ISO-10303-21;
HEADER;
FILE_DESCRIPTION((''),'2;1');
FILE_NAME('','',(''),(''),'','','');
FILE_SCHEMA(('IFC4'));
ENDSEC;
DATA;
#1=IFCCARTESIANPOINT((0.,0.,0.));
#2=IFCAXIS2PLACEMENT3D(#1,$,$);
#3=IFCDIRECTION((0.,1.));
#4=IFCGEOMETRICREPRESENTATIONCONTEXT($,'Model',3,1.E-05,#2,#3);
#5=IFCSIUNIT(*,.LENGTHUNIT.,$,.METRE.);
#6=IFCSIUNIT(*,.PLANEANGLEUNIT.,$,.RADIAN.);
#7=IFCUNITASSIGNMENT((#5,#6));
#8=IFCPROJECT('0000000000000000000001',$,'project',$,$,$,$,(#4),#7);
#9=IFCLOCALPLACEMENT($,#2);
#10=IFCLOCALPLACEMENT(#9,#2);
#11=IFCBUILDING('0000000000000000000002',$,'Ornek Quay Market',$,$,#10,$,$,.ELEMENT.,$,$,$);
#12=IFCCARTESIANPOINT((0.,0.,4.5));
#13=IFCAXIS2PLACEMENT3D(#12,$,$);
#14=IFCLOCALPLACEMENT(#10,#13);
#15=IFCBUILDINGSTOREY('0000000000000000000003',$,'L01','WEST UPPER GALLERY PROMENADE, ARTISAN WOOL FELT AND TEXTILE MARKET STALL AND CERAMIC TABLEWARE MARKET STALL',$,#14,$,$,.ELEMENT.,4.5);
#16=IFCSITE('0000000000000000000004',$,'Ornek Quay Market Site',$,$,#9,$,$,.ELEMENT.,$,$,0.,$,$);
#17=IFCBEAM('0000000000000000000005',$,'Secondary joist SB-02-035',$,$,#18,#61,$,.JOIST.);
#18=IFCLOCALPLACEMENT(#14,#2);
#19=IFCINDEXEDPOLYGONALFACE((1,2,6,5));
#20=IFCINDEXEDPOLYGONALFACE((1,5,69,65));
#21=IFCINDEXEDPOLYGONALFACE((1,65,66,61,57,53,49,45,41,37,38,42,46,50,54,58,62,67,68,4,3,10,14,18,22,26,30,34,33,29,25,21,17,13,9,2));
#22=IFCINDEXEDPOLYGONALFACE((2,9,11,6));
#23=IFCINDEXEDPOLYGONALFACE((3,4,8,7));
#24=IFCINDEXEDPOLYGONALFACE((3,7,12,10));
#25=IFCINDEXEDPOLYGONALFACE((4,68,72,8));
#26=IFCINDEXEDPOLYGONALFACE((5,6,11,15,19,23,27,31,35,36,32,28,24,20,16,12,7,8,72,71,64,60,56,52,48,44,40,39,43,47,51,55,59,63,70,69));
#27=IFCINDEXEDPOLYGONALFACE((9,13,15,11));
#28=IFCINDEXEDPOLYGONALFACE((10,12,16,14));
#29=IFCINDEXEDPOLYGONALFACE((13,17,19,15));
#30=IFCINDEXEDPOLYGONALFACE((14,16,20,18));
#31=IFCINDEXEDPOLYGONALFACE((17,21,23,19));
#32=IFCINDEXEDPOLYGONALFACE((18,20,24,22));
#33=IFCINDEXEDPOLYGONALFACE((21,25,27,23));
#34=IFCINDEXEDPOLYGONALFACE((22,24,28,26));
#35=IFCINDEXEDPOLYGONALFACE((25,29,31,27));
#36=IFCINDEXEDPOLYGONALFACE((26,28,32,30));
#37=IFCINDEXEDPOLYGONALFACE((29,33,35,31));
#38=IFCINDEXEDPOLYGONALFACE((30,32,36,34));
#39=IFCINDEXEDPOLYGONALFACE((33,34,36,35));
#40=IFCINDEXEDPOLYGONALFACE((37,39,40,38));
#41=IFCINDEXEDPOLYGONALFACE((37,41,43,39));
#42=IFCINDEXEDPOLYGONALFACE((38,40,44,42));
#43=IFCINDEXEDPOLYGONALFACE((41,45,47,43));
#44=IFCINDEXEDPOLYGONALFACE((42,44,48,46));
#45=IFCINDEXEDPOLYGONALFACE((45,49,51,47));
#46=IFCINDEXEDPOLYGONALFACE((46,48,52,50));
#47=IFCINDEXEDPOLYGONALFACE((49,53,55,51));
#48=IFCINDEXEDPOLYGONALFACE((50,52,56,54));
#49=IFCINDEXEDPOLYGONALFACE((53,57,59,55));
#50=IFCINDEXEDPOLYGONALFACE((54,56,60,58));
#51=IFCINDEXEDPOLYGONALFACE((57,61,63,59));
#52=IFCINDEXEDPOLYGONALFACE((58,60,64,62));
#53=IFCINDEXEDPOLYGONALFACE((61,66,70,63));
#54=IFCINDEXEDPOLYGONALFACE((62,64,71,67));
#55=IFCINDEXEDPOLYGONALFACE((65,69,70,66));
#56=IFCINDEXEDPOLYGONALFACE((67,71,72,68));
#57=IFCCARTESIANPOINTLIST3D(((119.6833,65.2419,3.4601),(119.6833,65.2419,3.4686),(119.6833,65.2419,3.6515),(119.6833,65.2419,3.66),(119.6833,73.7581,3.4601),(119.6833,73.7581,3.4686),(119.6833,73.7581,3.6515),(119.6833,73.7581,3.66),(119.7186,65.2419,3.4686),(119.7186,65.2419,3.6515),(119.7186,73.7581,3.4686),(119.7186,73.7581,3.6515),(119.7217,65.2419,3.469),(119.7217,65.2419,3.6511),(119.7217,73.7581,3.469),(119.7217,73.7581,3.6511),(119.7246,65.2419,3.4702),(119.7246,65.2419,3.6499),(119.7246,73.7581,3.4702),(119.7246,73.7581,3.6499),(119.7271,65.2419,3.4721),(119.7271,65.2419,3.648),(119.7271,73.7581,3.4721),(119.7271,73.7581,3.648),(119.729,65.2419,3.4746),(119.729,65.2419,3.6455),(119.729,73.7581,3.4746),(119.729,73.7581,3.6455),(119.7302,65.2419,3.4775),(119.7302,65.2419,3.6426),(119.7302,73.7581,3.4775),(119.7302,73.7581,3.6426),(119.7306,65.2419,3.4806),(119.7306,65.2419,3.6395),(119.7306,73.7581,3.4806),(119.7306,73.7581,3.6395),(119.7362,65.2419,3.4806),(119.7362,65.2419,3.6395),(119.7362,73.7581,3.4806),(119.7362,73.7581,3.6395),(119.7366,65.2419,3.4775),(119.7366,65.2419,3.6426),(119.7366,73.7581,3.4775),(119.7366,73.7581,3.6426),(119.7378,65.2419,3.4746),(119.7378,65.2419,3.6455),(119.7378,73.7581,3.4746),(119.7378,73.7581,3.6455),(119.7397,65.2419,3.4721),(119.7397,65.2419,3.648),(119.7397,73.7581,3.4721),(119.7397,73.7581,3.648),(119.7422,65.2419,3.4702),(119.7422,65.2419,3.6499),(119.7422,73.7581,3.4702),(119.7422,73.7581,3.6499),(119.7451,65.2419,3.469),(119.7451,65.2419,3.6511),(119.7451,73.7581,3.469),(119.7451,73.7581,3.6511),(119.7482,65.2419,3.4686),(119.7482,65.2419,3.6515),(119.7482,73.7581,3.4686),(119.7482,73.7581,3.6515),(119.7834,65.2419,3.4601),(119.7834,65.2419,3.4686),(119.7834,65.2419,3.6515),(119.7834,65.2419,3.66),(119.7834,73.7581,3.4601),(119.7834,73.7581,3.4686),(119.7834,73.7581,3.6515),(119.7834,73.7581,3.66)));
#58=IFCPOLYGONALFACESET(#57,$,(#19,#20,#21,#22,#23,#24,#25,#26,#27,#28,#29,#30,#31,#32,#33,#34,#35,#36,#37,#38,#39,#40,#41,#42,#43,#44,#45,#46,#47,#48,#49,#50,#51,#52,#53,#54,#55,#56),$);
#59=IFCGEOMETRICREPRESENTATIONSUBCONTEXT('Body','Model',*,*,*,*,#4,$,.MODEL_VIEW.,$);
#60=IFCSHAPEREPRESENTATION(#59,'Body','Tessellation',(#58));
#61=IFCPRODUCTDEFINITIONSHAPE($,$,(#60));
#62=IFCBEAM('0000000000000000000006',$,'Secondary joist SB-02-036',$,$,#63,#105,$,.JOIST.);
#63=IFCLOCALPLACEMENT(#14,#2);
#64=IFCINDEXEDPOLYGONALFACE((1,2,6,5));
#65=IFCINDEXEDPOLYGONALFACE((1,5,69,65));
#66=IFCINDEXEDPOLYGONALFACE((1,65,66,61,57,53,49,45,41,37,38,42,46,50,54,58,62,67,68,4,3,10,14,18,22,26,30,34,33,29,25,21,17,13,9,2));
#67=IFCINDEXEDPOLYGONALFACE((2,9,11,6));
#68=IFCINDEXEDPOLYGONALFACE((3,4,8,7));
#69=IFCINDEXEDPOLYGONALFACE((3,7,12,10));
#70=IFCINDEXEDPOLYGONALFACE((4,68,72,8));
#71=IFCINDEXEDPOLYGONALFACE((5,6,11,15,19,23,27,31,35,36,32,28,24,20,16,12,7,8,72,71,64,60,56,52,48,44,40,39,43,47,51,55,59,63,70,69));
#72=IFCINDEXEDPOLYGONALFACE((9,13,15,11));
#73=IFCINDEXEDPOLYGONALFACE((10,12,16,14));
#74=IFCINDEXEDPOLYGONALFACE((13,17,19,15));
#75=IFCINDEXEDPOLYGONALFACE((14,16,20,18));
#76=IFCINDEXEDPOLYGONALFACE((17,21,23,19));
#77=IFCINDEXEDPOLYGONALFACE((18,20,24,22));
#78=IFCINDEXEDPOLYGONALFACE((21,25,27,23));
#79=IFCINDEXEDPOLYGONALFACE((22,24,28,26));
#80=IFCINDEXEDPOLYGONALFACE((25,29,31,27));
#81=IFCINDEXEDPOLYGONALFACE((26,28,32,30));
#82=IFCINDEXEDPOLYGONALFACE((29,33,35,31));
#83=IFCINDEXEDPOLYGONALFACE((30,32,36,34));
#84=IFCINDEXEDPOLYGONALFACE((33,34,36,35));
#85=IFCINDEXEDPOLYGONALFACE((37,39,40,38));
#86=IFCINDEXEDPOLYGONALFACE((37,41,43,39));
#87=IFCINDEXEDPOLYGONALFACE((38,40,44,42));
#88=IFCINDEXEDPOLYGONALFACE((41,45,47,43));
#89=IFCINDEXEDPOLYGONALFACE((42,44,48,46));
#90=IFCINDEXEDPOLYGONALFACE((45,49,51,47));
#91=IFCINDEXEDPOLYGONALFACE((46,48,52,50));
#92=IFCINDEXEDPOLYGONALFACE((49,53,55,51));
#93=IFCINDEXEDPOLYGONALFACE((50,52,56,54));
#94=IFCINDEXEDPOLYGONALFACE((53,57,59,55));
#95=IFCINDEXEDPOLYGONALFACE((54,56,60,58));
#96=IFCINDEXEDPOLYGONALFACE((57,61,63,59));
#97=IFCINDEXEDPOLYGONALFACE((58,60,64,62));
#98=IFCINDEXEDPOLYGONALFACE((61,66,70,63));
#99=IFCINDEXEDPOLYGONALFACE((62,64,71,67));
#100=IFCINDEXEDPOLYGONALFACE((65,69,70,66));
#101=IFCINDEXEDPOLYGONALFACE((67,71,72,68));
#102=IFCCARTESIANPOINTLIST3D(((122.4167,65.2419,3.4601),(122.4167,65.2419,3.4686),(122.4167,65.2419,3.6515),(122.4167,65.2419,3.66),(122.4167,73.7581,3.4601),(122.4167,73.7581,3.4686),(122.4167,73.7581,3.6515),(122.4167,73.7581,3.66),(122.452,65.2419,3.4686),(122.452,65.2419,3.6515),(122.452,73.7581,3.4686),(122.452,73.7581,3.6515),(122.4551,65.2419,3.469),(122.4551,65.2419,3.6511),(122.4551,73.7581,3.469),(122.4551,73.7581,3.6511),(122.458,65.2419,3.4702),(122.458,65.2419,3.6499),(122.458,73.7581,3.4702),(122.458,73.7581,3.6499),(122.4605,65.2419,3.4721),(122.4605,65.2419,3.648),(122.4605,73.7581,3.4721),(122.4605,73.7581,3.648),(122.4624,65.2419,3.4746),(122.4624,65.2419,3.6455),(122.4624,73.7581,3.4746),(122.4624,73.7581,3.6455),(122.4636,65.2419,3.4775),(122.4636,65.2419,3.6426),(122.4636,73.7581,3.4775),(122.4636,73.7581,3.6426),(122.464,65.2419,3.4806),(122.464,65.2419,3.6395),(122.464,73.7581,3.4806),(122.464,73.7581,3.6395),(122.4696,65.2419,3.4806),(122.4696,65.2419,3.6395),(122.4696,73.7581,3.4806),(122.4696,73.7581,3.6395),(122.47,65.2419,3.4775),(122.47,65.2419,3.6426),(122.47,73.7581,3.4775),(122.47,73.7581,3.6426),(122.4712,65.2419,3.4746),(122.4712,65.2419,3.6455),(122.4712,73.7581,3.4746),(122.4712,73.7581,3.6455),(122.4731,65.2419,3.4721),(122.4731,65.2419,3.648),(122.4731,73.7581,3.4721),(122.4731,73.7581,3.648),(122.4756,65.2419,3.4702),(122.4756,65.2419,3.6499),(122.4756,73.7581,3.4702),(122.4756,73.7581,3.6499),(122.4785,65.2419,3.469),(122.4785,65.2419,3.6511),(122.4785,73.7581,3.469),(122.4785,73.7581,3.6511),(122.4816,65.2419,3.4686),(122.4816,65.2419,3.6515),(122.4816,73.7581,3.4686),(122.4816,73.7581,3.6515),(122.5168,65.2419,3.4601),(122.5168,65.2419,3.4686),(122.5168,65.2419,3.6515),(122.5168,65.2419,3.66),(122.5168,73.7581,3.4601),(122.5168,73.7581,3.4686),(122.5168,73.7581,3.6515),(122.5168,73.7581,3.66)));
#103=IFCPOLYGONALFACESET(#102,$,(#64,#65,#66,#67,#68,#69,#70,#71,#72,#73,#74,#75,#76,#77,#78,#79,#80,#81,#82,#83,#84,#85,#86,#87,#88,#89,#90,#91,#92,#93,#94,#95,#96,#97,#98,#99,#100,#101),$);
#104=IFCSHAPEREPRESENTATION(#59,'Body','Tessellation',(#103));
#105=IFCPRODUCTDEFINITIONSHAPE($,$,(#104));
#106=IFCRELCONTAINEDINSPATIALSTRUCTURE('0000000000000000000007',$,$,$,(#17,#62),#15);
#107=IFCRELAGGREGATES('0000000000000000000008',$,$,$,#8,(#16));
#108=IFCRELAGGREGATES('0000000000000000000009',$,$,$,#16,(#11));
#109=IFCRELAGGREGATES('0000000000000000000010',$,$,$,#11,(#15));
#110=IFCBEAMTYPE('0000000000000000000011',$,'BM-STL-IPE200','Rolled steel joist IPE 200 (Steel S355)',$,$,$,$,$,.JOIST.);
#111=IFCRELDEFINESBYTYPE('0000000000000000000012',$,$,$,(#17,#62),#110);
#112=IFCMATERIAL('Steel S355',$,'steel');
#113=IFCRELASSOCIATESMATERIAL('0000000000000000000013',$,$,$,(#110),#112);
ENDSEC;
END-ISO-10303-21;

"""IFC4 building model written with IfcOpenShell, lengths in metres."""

from ifc_helpers import new_model, si_unit, direction, frame, origin, origin_2d, place, context, subcontext, project, spatial, i_section, extrude, material, material_profile, profile_set, type_object, element, save


model = new_model("IFC4")

# Units and contexts
model_context = context("Model", 3, precision=1e-05, world=origin(), true_north=direction((0.0, 1.0)))
body_context = subcontext(model_context, "Body", "Model", "MODEL_VIEW")
ifc_project = project(units=[si_unit("LENGTHUNIT", "METRE"), si_unit("PLANEANGLEUNIT", "RADIAN")], contexts=[model_context])

# Site, building, storey
site_placement = place(None, origin())
site = spatial("IfcSite", under=ifc_project, at=site_placement, Name="Ornek Quay Market Site", CompositionType="ELEMENT", RefElevation=0.0)
building_placement = place(site_placement, origin())
building = spatial("IfcBuilding", under=site, at=building_placement, Name="Ornek Quay Market", CompositionType="ELEMENT")
storey_placement = place(building_placement, frame((0.0, 0.0, 4.5)))
storey = spatial("IfcBuildingStorey", under=building, at=storey_placement, Name="L01", Description="WEST UPPER GALLERY PROMENADE, ARTISAN WOOL FELT AND TEXTILE MARKET STALL AND CERAMIC TABLEWARE MARKET STALL", CompositionType="ELEMENT", Elevation=4.5)

# Beams
ifc_material_1 = material(Name="Steel S355", Category="steel")
ifc_material_profile_1 = material_profile(ifc_material_1, i_section(OverallWidth=0.1001, OverallDepth=0.2, WebThickness=0.0056, FlangeThickness=0.0085, FilletRadius=0.012, at=origin_2d()), Name="IPE 200", Category="steel")
ifc_profile_set_1 = profile_set([ifc_material_profile_1], Name="Steel S355")
beam_type_1 = type_object("IfcBeamType", Name="BM-STL-IPE200", Description="Rolled steel joist IPE 200 (Steel S355)", PredefinedType="JOIST", material=ifc_profile_set_1)
for number, where, z_axis, x_axis, name in (
    (1, (119.7334, 65.2419, 3.5601), (0.0, 1.0, 0.0), (-1.0, 0.0, 0.0), "Secondary joist SB-02-035"),
    (2, (122.4668, 65.2419, 3.5601), (0.0, 1.0, 0.0), (-1.0, 0.0, 0.0), "Secondary joist SB-02-036"),
):
    element("IfcBeam", number, at=place(storey_placement, frame(where, z_axis=z_axis, x_axis=x_axis)), inside=storey, type_object=beam_type_1, Name=name, PredefinedType="JOIST", context=body_context, shape_type="SweptSolid", body=[
        extrude(i_section(OverallWidth=0.1001, OverallDepth=0.2, WebThickness=0.0056, FlangeThickness=0.0085, FilletRadius=0.012, at=origin_2d()), origin(), (0.0, 0.0, 1.0), 8.5161),
    ])

save(model, "model.ifc")
